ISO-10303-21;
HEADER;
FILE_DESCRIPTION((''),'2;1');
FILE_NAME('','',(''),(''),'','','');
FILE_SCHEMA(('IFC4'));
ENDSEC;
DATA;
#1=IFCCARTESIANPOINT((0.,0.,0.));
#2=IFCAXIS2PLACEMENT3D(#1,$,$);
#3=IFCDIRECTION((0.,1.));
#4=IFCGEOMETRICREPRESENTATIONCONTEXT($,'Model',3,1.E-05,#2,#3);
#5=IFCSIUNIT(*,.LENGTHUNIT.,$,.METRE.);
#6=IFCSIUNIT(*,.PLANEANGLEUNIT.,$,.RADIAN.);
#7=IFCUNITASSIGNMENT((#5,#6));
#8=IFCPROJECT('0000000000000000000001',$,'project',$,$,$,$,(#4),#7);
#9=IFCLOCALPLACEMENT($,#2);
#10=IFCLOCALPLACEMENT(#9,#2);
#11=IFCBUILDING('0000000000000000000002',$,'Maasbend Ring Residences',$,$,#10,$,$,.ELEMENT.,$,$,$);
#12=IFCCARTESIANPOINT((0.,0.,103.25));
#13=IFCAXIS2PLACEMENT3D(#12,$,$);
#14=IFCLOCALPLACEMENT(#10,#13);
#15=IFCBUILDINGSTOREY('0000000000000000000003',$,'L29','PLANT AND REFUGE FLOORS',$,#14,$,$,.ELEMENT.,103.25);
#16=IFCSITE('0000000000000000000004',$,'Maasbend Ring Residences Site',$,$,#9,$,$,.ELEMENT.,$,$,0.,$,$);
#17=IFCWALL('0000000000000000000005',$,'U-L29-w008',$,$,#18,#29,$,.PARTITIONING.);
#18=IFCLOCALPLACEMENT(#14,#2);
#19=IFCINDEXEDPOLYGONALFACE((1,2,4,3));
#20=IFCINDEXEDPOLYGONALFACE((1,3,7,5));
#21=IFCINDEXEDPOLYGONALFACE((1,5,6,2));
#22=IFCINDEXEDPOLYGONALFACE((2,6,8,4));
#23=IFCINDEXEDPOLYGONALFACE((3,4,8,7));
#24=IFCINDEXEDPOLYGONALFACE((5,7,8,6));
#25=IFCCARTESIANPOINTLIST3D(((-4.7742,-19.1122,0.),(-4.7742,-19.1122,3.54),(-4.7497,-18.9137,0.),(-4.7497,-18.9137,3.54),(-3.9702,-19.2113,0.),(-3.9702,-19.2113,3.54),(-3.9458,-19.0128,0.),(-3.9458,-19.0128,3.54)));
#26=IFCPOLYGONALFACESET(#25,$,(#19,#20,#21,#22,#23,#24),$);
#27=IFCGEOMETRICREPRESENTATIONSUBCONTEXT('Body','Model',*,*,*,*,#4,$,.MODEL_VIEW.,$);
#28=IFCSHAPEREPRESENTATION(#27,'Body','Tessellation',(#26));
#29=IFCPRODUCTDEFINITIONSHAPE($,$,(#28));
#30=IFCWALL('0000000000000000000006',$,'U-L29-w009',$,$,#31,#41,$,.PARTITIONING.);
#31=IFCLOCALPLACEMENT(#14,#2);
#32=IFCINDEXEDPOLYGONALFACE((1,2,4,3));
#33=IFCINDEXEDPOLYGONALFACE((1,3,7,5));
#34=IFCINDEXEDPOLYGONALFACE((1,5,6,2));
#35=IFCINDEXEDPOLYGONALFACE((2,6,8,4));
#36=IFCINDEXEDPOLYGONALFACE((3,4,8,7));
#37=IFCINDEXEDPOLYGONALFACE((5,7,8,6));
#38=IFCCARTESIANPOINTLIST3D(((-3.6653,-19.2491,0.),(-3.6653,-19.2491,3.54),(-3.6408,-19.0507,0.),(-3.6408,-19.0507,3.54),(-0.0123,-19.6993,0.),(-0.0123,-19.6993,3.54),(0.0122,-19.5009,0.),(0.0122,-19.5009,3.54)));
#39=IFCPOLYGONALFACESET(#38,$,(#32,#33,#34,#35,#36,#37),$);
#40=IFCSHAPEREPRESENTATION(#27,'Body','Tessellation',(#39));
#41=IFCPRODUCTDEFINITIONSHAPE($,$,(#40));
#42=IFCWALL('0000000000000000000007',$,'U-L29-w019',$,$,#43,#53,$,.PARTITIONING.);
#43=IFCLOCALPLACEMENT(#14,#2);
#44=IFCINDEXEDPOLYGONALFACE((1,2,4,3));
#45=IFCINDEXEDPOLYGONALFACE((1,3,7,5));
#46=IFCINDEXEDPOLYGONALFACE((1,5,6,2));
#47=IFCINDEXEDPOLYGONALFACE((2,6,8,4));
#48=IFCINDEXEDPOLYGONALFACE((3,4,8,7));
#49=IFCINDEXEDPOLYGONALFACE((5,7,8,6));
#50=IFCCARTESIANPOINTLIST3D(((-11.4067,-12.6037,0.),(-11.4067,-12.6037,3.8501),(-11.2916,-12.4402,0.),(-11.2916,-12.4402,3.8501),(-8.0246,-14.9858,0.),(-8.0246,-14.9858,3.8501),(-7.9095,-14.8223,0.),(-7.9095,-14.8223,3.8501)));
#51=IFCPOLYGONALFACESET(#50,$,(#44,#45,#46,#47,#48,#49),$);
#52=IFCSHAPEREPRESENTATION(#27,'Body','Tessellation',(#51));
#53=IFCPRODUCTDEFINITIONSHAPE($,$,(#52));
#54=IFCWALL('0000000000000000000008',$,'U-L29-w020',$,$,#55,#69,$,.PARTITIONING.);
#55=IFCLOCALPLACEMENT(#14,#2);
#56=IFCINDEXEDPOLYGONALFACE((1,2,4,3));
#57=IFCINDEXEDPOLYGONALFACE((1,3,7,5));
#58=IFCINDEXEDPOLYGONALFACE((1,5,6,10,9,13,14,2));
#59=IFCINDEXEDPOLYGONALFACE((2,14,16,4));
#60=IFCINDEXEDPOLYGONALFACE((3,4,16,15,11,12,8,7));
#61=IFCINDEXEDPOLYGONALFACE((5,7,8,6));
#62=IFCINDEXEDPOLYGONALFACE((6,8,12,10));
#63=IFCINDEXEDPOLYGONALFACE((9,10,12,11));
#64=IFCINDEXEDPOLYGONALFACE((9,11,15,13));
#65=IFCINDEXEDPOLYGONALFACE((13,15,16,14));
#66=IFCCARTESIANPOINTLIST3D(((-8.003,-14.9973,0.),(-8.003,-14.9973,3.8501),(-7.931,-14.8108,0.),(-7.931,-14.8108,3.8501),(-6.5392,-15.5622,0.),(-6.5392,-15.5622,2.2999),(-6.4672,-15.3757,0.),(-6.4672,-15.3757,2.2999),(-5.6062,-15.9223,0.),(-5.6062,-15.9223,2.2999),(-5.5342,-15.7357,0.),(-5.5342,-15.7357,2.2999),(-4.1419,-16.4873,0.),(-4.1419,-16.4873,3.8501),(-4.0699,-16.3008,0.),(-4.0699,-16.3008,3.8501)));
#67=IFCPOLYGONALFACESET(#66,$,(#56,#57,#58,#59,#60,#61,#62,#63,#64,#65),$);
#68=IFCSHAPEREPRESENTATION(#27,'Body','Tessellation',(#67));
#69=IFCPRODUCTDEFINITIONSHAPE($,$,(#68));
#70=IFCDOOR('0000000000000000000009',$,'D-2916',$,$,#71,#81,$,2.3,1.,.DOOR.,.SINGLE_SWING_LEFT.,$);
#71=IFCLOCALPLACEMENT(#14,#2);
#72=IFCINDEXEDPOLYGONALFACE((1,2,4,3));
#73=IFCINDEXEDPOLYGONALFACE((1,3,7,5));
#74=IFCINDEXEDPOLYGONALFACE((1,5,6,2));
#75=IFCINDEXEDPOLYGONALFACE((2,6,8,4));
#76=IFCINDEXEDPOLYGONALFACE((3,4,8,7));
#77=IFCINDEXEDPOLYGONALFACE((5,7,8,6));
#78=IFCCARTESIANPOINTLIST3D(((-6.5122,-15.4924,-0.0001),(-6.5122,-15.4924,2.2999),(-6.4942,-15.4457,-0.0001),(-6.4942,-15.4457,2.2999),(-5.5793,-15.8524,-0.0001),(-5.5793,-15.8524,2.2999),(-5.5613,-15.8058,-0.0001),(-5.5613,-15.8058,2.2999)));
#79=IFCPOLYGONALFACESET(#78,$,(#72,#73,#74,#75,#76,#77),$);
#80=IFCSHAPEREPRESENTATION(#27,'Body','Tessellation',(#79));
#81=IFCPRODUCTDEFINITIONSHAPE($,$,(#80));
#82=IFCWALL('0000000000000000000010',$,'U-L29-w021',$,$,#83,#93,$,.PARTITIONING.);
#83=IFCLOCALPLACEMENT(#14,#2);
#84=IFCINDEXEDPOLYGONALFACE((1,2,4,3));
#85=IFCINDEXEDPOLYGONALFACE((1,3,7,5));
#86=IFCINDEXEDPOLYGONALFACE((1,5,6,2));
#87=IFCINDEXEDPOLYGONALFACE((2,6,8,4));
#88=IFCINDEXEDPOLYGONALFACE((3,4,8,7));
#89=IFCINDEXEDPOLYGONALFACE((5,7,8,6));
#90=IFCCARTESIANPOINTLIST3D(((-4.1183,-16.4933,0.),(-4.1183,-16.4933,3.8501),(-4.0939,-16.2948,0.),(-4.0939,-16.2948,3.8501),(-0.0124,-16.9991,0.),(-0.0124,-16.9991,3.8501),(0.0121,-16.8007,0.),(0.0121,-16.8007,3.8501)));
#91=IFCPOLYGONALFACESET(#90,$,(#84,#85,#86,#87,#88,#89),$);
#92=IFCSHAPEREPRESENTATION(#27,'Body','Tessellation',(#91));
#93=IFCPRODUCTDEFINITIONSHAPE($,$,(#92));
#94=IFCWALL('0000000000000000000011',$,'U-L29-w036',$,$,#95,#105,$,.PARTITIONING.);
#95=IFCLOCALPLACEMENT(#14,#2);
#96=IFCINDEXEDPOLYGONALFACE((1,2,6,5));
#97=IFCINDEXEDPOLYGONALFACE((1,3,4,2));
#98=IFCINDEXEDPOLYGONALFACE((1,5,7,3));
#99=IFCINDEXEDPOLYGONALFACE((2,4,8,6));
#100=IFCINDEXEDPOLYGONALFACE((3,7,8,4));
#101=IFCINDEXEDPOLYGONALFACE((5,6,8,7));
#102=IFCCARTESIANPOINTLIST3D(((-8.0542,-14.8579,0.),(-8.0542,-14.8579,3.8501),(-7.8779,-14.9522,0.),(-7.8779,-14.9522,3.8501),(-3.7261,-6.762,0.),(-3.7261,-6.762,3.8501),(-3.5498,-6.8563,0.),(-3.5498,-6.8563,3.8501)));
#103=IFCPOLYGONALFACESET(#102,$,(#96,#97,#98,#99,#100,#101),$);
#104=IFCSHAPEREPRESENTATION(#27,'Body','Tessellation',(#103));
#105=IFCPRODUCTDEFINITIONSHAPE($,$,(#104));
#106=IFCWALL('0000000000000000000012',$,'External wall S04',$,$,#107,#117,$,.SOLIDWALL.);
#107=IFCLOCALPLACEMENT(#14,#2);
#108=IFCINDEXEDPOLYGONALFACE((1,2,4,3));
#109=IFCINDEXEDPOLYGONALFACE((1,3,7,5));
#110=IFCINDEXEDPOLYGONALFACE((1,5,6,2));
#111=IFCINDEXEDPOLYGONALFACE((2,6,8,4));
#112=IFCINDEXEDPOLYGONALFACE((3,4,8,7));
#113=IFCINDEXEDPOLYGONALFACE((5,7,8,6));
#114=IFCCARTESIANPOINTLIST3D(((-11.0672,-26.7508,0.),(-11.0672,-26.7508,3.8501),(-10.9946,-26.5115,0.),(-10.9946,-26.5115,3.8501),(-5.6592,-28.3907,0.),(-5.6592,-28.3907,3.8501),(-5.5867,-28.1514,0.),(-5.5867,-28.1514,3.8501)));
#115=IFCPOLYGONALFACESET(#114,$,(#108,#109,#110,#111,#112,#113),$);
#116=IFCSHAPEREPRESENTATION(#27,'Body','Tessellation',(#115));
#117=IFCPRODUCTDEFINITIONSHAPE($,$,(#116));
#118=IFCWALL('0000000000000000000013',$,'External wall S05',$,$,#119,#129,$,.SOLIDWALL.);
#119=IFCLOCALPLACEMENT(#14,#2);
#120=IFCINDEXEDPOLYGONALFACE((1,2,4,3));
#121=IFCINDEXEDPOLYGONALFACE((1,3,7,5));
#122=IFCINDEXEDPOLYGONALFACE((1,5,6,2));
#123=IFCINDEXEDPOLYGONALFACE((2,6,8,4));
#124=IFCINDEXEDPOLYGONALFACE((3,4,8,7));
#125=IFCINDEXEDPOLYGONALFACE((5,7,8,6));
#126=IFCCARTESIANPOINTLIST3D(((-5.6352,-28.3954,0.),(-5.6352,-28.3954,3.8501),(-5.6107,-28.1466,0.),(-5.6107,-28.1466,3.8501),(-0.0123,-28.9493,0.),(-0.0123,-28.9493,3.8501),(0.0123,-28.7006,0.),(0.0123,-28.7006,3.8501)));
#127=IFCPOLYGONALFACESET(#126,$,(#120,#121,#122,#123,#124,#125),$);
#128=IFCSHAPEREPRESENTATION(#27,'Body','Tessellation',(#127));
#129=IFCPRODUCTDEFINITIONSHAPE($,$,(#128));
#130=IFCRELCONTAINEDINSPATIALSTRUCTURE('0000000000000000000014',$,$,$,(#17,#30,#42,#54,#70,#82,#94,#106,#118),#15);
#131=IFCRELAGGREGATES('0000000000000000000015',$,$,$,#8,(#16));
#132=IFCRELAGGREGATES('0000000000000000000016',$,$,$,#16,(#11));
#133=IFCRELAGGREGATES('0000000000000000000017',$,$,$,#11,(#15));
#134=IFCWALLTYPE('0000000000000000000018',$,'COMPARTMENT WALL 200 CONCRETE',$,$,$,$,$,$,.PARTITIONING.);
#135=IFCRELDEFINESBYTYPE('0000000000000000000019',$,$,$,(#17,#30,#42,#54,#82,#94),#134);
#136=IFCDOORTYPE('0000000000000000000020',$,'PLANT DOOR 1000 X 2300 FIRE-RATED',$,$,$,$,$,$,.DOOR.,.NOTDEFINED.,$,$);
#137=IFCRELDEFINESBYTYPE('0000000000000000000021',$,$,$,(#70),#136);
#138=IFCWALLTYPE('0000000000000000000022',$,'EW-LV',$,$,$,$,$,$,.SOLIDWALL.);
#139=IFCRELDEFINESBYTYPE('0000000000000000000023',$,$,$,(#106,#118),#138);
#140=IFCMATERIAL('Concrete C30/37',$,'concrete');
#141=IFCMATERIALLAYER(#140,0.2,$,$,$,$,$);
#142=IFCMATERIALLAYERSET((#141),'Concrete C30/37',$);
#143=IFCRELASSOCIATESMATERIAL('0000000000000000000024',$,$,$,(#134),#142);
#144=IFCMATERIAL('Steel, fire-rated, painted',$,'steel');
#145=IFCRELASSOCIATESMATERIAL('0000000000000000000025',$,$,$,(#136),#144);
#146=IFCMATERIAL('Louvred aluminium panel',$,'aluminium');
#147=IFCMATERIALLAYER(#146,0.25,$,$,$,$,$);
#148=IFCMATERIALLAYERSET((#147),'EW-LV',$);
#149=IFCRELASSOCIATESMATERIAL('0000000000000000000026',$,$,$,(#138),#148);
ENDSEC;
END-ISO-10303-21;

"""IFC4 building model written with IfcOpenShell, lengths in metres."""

from ifc_helpers import new_model, si_unit, direction, frame, frame_2d, origin, place, context, subcontext, project, spatial, rectangle, extrude, material, layer, layer_set, type_object, element, fill, save


model = new_model("IFC4")

# Units and contexts
model_context = context("Model", 3, precision=1e-05, world=origin(), true_north=direction((0.0, 1.0)))
body_context = subcontext(model_context, "Body", "Model", "MODEL_VIEW")
ifc_project = project(units=[si_unit("LENGTHUNIT", "METRE"), si_unit("PLANEANGLEUNIT", "RADIAN")], contexts=[model_context])

# Site, building, storey
site_placement = place(None, origin())
site = spatial("IfcSite", under=ifc_project, at=site_placement, Name="Maasbend Ring Residences Site", CompositionType="ELEMENT", RefElevation=0.0)
building_placement = place(site_placement, origin())
building = spatial("IfcBuilding", under=site, at=building_placement, Name="Maasbend Ring Residences", CompositionType="ELEMENT")
storey_placement = place(building_placement, frame((0.0, 0.0, 103.25)))
storey = spatial("IfcBuildingStorey", under=building, at=storey_placement, Name="L29", Description="PLANT AND REFUGE FLOORS", CompositionType="ELEMENT", Elevation=103.25)

# Shared definitions
ifc_material_1 = material(Name="Concrete C30/37", Category="concrete")
ifc_layer_1 = layer(ifc_material_1, 0.2)
ifc_layer_set_1 = layer_set([ifc_layer_1], Name="Concrete C30/37")
wall_type_1 = type_object("IfcWallType", Name="COMPARTMENT WALL 200 CONCRETE", PredefinedType="PARTITIONING", material=ifc_layer_set_1)

# Shared definitions
ifc_material_2 = material(Name="Steel, fire-rated, painted", Category="steel")
door_type = type_object("IfcDoorType", Name="PLANT DOOR 1000 X 2300 FIRE-RATED", OperationType="NOTDEFINED", PredefinedType="DOOR", material=ifc_material_2)

# Walls
wall_1_placement = place(storey_placement, frame((-4.762, -19.0129, 0.0), z_axis=(0.0, 0.0, 1.0), x_axis=(0.992485, -0.122365, 0.0)))
element("IfcWall", 1, at=wall_1_placement, inside=storey, type_object=wall_type_1, Name="U-L29-w008", PredefinedType="PARTITIONING", context=body_context, shape_type="SweptSolid", body=[
    extrude(rectangle(XDim=0.8101, YDim=0.2, at=frame_2d((0.405, 0.0))), origin(), (0.0, 0.0, 1.0), 3.54),
])
wall_2_placement = place(storey_placement, frame((-3.6531, -19.1499, 0.0), z_axis=(0.0, 0.0, 1.0), x_axis=(0.992492, -0.122312, 0.0)))
element("IfcWall", 2, at=wall_2_placement, inside=storey, type_object=wall_type_1, Name="U-L29-w009", PredefinedType="PARTITIONING", context=body_context, shape_type="SweptSolid", body=[
    extrude(rectangle(XDim=3.6807, YDim=0.2, at=frame_2d((1.8403, 0.0))), origin(), (0.0, 0.0, 1.0), 3.54),
])
wall_3_placement = place(storey_placement, frame((-11.3491, -12.522, 0.0), z_axis=(0.0, 0.0, 1.0), x_axis=(0.817568, -0.575833, 0.0)))
element("IfcWall", 3, at=wall_3_placement, inside=storey, type_object=wall_type_1, Name="U-L29-w019", PredefinedType="PARTITIONING", context=body_context, shape_type="SweptSolid", body=[
    extrude(rectangle(XDim=4.1367, YDim=0.2, at=frame_2d((2.0684, 0.0))), origin(), (0.0, 0.0, 1.0), 3.8501),
])

# Wall, opening, door
wall_4_placement = place(storey_placement, frame((-7.967, -14.9041, 0.0), z_axis=(0.0, 0.0, 1.0), x_axis=(0.932944, -0.360022, 0.0)))
wall_4 = element("IfcWall", 4, at=wall_4_placement, inside=storey, type_object=wall_type_1, Name="U-L29-w020", PredefinedType="PARTITIONING", context=body_context, shape_type="SweptSolid", body=[
    extrude(rectangle(XDim=4.1387, YDim=0.2, at=frame_2d((2.0693, 0.0))), origin(), (0.0, 0.0, 1.0), 3.8501),
])
opening_1_placement = place(wall_4_placement, frame((1.5691, 0.0, 0.0)))
opening_1 = element("IfcOpeningElement", 5, at=opening_1_placement, cuts=wall_4, PredefinedType="OPENING", context=body_context, shape_type="SweptSolid", body=[
    extrude(rectangle(XDim=1.0, YDim=2.3, at=frame_2d((0.5, 1.1499))), frame((0.0, 0.1099, 0.0), z_axis=(0.0, -1.0, 0.0), x_axis=(1.0, 0.0, 0.0)), (0.0, 0.0, 1.0), 0.22),
])
door_1_placement = place(opening_1_placement, origin())
door_1 = element("IfcDoor", 6, at=door_1_placement, inside=storey, type_object=door_type, Name="D-2916", OperationType="SINGLE_SWING_LEFT", OverallHeight=2.3, OverallWidth=1.0, PredefinedType="DOOR", context=body_context, shape_type="SweptSolid", body=[
    extrude(rectangle(XDim=1.0, YDim=2.3, at=frame_2d((0.5, 1.1499))), frame((0.0, 0.0249, 0.0), z_axis=(0.0, -1.0, 0.0), x_axis=(1.0, 0.0, 0.0)), (0.0, 0.0, 1.0), 0.05),
])
fill(opening_1, door_1)

# Walls
wall_5_placement = place(storey_placement, frame((-4.106, -16.394, 0.0), z_axis=(0.0, 0.0, 1.0), x_axis=(0.992496, -0.122277, 0.0)))
element("IfcWall", 7, at=wall_5_placement, inside=storey, type_object=wall_type_1, Name="U-L29-w021", PredefinedType="PARTITIONING", context=body_context, shape_type="SweptSolid", body=[
    extrude(rectangle(XDim=4.137, YDim=0.2, at=frame_2d((2.0684, 0.0))), origin(), (0.0, 0.0, 1.0), 3.8501),
])
wall_6_placement = place(storey_placement, frame((-7.9661, -14.905, 0.0), z_axis=(0.0, 0.0, 1.0), x_axis=(0.47146, 0.881887, 0.0)))
element("IfcWall", 8, at=wall_6_placement, inside=storey, type_object=wall_type_1, Name="U-L29-w036", PredefinedType="PARTITIONING", context=body_context, shape_type="SweptSolid", body=[
    extrude(rectangle(XDim=9.1802, YDim=0.2, at=frame_2d((4.5901, 0.0))), origin(), (0.0, 0.0, 1.0), 3.8501),
])
ifc_material_3 = material(Name="Louvred aluminium panel", Category="aluminium")
ifc_layer_2 = layer(ifc_material_3, 0.25)
ifc_layer_set_2 = layer_set([ifc_layer_2], Name="EW-LV")
wall_type_2 = type_object("IfcWallType", Name="EW-LV", PredefinedType="SOLIDWALL", material=ifc_layer_set_2)
wall_7_placement = place(storey_placement, frame((-11.031, -26.6311, 0.0), z_axis=(0.0, 0.0, 1.0), x_axis=(0.95697, -0.290188, 0.0)))
element("IfcWall", 9, at=wall_7_placement, inside=storey, type_object=wall_type_2, Name="External wall S04", PredefinedType="SOLIDWALL", context=body_context, shape_type="SweptSolid", body=[
    extrude(rectangle(XDim=5.6511, YDim=0.25, at=frame_2d((2.8257, 0.0))), origin(), (0.0, 0.0, 1.0), 3.8501),
])
wall_8_placement = place(storey_placement, frame((-5.623, -28.271, 0.0), z_axis=(0.0, 0.0, 1.0), x_axis=(0.995182, -0.098041, 0.0)))
element("IfcWall", 10, at=wall_8_placement, inside=storey, type_object=wall_type_2, Name="External wall S05", PredefinedType="SOLIDWALL", context=body_context, shape_type="SweptSolid", body=[
    extrude(rectangle(XDim=5.6501, YDim=0.25, at=frame_2d((2.8252, 0.0))), origin(), (0.0, 0.0, 1.0), 3.8501),
])

save(model, "model.ifc")
